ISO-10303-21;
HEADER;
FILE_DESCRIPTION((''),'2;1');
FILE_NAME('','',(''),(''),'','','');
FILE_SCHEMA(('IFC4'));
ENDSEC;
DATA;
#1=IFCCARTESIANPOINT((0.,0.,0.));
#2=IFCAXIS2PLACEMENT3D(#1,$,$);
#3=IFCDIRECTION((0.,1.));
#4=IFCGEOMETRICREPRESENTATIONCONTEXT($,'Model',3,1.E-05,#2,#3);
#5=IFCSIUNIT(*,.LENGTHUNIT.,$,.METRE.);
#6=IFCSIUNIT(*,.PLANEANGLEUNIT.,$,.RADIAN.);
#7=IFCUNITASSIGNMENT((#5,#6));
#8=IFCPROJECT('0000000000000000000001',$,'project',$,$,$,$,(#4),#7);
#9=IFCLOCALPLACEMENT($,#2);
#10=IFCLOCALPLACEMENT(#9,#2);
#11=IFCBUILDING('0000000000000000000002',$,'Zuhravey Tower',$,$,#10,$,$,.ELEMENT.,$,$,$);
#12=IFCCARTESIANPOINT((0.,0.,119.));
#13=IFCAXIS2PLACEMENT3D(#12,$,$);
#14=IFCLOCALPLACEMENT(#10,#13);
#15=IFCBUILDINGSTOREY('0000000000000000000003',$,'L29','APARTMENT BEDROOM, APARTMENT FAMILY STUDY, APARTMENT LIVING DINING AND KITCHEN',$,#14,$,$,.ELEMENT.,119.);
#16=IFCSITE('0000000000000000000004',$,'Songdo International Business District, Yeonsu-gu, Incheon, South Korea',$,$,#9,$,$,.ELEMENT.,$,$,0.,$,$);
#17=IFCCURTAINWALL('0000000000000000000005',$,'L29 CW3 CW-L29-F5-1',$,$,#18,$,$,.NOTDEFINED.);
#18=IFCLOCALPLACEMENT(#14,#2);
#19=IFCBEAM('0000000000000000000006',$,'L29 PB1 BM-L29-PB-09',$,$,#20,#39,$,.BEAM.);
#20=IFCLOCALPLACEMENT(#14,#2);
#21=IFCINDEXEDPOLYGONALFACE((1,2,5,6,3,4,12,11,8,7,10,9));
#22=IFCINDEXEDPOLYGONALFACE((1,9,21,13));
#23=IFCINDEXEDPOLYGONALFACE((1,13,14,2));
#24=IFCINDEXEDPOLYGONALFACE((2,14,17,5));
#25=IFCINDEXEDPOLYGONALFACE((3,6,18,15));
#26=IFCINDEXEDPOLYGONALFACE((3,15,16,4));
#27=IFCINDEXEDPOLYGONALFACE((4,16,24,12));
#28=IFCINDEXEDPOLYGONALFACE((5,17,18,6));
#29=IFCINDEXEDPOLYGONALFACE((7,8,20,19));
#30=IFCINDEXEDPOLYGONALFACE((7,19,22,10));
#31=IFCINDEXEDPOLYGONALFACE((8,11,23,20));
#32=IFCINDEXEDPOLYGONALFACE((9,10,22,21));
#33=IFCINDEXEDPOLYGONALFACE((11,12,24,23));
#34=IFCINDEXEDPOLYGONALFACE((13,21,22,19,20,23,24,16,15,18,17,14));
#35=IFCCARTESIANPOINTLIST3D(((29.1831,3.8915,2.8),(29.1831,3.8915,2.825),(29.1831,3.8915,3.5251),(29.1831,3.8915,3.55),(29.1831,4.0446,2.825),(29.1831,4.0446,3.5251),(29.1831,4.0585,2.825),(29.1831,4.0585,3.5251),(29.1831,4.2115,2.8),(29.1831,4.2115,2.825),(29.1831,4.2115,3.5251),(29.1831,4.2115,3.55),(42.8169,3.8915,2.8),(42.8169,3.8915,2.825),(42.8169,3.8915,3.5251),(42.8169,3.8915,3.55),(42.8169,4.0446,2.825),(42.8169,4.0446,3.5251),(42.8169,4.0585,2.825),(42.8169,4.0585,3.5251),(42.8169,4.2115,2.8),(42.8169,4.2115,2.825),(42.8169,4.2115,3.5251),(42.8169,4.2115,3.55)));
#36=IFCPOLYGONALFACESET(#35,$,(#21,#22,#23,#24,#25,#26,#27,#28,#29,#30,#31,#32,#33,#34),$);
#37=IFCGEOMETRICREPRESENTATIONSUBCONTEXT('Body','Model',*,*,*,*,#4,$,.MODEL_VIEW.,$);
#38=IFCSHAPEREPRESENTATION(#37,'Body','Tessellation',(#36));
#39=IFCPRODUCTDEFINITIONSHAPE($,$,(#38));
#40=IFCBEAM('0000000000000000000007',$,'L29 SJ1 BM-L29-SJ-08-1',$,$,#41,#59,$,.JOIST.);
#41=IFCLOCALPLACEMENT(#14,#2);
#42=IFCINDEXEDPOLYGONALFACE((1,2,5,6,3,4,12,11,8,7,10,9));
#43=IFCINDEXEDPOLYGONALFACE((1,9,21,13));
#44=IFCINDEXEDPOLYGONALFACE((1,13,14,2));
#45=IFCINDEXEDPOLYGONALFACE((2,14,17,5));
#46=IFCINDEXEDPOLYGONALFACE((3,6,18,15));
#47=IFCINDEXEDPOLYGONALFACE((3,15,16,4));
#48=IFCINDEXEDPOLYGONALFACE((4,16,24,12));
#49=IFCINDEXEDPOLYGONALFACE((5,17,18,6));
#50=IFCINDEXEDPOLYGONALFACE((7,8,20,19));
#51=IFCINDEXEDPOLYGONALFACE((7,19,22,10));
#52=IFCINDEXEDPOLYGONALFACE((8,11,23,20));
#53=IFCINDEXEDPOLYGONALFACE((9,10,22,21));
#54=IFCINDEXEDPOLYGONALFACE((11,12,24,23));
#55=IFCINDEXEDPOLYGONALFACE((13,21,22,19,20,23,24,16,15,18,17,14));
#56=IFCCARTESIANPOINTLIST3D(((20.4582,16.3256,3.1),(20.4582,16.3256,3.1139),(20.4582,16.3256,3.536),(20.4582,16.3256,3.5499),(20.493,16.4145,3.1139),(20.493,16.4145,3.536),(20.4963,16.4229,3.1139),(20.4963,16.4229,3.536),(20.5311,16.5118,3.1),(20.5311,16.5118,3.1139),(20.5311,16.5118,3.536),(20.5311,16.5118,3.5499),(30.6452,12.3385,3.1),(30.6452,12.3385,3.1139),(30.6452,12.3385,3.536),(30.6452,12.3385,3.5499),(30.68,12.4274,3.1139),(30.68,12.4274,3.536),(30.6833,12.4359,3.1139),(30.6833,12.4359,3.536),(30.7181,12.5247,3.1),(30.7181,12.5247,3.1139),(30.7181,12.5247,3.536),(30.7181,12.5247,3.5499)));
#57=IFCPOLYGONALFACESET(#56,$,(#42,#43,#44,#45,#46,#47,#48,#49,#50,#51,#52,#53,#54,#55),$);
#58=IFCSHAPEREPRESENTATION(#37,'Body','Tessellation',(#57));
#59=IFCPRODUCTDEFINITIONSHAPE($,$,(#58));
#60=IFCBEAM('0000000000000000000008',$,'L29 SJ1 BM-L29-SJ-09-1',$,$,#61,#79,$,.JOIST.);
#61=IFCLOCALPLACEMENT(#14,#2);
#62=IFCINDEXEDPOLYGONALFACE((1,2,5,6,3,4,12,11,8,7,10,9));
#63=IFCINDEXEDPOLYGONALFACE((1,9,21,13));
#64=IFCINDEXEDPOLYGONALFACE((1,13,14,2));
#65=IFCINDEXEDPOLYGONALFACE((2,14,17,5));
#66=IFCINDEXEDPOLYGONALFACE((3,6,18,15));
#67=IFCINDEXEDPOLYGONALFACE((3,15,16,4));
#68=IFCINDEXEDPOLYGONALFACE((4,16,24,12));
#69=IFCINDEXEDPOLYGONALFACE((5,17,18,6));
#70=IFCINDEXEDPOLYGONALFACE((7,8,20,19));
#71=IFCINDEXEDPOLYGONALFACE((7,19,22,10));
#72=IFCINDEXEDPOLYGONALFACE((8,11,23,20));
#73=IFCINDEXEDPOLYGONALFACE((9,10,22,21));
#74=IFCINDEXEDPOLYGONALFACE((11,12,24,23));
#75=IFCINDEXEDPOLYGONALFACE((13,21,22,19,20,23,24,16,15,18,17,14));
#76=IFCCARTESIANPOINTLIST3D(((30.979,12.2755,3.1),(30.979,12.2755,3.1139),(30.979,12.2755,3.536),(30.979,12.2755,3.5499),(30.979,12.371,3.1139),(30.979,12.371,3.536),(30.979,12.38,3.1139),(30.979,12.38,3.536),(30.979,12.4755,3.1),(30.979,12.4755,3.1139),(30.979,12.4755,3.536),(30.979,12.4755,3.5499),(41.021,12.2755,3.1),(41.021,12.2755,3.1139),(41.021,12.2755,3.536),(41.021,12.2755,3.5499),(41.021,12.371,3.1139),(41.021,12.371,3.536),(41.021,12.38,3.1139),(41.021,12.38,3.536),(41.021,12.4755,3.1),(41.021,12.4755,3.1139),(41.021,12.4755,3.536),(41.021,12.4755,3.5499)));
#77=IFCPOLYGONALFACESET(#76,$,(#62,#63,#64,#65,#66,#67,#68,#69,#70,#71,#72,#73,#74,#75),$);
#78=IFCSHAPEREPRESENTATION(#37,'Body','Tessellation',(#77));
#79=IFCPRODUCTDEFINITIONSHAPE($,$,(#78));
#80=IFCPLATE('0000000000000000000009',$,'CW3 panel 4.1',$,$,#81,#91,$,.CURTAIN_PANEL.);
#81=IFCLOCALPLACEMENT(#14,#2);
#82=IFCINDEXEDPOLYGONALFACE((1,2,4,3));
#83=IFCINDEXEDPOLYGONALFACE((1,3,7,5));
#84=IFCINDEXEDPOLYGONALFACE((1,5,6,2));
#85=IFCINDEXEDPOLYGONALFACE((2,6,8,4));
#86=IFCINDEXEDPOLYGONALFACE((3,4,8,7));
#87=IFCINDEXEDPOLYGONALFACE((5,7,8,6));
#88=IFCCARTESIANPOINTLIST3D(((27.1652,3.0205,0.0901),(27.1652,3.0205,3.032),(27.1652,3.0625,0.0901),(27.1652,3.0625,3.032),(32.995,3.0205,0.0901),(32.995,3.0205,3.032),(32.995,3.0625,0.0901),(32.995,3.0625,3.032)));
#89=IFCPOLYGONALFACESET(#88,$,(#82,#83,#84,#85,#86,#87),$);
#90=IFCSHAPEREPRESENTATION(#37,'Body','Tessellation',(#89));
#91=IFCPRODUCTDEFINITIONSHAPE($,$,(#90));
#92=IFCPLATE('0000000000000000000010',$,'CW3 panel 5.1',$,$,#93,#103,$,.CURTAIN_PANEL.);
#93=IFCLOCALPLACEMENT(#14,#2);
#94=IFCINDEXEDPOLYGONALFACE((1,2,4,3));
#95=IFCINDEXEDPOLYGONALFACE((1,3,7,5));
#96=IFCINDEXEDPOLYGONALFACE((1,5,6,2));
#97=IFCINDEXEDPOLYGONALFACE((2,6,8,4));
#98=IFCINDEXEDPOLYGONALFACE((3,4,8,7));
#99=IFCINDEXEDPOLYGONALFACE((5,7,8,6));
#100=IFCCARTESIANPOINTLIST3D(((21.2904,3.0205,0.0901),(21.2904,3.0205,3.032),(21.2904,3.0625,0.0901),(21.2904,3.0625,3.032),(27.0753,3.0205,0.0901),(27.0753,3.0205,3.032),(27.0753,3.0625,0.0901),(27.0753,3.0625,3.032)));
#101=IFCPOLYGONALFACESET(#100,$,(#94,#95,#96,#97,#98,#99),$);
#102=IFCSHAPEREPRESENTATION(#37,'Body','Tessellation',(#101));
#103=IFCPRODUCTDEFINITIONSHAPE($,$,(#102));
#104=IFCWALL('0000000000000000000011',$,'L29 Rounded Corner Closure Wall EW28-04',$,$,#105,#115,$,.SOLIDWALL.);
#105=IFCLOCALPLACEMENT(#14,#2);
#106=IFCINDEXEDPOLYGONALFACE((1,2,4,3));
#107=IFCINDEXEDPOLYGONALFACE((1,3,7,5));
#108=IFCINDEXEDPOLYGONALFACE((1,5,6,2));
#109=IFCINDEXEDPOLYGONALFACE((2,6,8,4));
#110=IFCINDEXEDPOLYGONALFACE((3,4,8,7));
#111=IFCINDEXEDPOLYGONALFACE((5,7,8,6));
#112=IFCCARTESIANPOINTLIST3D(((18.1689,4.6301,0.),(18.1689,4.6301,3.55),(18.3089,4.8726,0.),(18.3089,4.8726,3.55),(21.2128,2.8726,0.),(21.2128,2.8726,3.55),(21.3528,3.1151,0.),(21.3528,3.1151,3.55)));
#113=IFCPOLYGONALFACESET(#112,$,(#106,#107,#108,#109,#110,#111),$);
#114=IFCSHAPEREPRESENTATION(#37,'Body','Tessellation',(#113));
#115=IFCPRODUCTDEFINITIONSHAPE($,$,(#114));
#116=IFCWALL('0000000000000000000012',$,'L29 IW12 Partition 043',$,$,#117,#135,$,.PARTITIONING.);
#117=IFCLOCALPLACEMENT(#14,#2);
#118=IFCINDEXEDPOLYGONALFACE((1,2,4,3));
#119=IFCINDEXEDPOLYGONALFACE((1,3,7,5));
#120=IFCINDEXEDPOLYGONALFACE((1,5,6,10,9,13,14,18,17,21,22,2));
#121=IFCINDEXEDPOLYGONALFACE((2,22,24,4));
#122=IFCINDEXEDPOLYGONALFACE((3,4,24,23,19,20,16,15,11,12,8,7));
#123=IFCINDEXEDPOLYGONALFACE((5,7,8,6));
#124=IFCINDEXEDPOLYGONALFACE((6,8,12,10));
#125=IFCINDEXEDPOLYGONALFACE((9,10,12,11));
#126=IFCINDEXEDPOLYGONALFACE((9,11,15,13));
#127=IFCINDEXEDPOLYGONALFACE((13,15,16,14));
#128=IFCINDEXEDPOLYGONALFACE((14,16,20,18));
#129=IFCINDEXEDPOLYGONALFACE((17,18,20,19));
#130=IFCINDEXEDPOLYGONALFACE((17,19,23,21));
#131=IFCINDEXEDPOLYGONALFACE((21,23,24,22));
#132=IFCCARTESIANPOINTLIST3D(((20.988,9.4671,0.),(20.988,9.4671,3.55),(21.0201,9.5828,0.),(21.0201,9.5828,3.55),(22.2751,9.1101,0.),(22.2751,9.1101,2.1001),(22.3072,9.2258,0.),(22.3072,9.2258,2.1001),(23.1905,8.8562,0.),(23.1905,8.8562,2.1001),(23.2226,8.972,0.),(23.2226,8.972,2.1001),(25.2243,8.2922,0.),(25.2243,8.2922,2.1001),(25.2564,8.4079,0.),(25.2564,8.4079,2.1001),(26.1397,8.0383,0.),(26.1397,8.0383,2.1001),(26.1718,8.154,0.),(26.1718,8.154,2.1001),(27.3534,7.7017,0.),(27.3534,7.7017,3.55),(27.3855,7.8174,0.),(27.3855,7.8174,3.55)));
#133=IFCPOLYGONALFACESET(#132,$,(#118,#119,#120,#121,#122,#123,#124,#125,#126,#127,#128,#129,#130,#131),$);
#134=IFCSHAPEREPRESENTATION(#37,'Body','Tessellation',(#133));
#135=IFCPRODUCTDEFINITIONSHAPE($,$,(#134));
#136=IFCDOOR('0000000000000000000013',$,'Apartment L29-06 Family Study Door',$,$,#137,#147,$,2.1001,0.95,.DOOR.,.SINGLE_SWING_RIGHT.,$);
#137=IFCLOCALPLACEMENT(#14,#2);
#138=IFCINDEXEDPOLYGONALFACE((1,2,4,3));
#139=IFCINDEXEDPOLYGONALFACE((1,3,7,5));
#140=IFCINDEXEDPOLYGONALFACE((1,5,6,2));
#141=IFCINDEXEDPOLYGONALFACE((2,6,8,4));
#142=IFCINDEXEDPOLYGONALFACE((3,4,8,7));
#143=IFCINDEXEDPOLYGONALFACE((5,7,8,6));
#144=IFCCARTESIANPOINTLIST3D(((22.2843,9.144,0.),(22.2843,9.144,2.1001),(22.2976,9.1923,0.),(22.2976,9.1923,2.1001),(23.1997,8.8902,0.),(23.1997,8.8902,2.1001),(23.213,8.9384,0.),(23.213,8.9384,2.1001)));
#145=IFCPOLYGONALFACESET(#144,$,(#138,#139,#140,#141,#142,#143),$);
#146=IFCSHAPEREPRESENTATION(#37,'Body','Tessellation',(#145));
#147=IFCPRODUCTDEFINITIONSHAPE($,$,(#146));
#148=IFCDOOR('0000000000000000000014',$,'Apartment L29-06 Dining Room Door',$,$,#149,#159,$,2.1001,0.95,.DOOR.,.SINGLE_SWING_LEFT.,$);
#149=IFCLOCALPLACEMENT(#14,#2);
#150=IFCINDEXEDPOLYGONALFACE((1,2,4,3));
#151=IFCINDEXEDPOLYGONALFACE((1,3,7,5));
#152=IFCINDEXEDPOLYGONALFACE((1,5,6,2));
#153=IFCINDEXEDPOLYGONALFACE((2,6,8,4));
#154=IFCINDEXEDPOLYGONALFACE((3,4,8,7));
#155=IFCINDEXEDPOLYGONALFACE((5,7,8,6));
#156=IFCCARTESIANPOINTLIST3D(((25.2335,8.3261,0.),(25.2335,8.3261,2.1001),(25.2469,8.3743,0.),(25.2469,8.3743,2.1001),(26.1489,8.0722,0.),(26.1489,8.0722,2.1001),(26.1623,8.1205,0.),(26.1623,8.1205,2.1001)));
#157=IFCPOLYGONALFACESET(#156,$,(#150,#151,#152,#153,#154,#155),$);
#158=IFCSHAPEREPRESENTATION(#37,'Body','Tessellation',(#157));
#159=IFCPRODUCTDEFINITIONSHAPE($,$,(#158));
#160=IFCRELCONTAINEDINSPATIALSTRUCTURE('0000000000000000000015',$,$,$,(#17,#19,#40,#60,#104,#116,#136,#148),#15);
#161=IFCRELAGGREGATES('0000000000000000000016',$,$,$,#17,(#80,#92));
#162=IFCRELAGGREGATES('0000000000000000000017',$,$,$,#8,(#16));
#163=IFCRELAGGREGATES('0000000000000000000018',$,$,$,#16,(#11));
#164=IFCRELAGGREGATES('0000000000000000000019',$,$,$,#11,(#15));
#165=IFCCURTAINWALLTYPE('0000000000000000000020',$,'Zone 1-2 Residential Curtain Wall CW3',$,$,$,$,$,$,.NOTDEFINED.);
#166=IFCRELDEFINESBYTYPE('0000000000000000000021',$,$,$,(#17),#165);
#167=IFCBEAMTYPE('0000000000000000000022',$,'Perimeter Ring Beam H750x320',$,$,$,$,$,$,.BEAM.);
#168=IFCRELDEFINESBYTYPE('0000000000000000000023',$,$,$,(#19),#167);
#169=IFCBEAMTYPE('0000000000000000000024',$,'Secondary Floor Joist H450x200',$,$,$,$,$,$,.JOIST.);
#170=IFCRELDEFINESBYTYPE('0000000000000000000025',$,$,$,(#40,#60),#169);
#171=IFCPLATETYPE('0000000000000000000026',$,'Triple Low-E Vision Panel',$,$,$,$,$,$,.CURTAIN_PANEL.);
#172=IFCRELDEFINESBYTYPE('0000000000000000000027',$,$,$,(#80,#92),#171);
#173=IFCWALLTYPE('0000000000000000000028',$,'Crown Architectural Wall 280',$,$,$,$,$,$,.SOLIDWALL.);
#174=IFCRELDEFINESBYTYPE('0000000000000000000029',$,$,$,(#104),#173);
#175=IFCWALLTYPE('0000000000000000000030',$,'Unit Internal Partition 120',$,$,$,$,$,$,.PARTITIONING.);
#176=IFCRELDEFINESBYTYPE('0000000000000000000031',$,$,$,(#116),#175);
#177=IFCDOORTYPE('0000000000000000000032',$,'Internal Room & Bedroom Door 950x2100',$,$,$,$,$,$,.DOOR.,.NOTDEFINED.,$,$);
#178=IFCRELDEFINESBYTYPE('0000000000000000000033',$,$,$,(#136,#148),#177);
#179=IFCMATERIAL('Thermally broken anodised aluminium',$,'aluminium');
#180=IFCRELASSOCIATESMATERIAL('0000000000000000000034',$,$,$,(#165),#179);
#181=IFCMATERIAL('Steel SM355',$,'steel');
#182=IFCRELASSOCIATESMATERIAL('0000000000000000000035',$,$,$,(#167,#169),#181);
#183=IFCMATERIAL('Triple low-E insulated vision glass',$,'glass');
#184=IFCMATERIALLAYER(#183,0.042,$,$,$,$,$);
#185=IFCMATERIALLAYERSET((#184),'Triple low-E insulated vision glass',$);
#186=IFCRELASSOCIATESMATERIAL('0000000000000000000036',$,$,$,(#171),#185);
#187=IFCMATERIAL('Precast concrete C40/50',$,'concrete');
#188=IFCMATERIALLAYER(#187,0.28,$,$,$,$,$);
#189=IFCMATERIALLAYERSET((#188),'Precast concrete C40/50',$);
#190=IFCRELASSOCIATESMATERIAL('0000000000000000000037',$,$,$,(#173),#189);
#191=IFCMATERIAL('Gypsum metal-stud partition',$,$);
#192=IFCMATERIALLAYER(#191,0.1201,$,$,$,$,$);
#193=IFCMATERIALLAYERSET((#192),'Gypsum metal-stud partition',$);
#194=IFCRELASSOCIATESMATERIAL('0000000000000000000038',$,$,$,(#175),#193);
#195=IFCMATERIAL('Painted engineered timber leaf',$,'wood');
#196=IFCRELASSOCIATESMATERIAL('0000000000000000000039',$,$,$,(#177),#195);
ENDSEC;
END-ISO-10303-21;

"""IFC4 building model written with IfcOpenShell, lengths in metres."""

from ifc_helpers import new_model, si_unit, direction, frame, frame_2d, origin, origin_2d, place, context, subcontext, project, spatial, rectangle, i_section, extrude, material, layer, layer_set, material_profile, profile_set, type_object, element, fill, aggregate, save


model = new_model("IFC4")

# Units and contexts
model_context = context("Model", 3, precision=1e-05, world=origin(), true_north=direction((0.0, 1.0)))
body_context = subcontext(model_context, "Body", "Model", "MODEL_VIEW")
ifc_project = project(units=[si_unit("LENGTHUNIT", "METRE"), si_unit("PLANEANGLEUNIT", "RADIAN")], contexts=[model_context])

# Site, building, storey
site_placement = place(None, origin())
site = spatial("IfcSite", under=ifc_project, at=site_placement, Name="Songdo International Business District, Yeonsu-gu, Incheon, South Korea", CompositionType="ELEMENT", RefElevation=0.0)
building_placement = place(site_placement, origin())
building = spatial("IfcBuilding", under=site, at=building_placement, Name="Zuhravey Tower", CompositionType="ELEMENT")
storey_placement = place(building_placement, frame((0.0, 0.0, 119.0)))
storey = spatial("IfcBuildingStorey", under=building, at=storey_placement, Name="L29", Description="APARTMENT BEDROOM, APARTMENT FAMILY STUDY, APARTMENT LIVING DINING AND KITCHEN", CompositionType="ELEMENT", Elevation=119.0)

# Curtain wall
ifc_material_1 = material(Name="Thermally broken anodised aluminium", Category="aluminium")
curtain_wall_type = type_object("IfcCurtainWallType", Name="Zone 1-2 Residential Curtain Wall CW3", PredefinedType="NOTDEFINED", material=ifc_material_1)
curtain_wall_1_placement = place(storey_placement, origin())
curtain_wall_1 = element("IfcCurtainWall", 1, at=curtain_wall_1_placement, inside=storey, type_object=curtain_wall_type, Name="L29 CW3 CW-L29-F5-1", PredefinedType="NOTDEFINED")

# Beams
ifc_material_2 = material(Name="Steel SM355", Category="steel")
ifc_material_profile_1 = material_profile(ifc_material_2, i_section(OverallWidth=0.3201, OverallDepth=0.75, WebThickness=0.0139, FlangeThickness=0.0249, at=origin_2d()), Name="H-750x320x14x25")
ifc_profile_set_1 = profile_set([ifc_material_profile_1], Name="Steel SM355")
beam_type_1 = type_object("IfcBeamType", Name="Perimeter Ring Beam H750x320", PredefinedType="BEAM", material=ifc_profile_set_1)
beam_1_placement = place(storey_placement, frame((29.1831, 4.0515, 3.175), z_axis=(1.0, 0.0, 0.0), x_axis=(0.0, 1.0, 0.0)))
element("IfcBeam", 2, at=beam_1_placement, inside=storey, type_object=beam_type_1, Name="L29 PB1 BM-L29-PB-09", PredefinedType="BEAM", context=body_context, shape_type="SweptSolid", body=[
    extrude(i_section(OverallWidth=0.3201, OverallDepth=0.75, WebThickness=0.0139, FlangeThickness=0.0249, at=origin_2d()), origin(), (0.0, 0.0, 1.0), 13.6338),
])
ifc_material_profile_2 = material_profile(ifc_material_2, i_section(OverallWidth=0.2, OverallDepth=0.45, WebThickness=0.009, FlangeThickness=0.0139, at=origin_2d()), Name="H-450x200x9x14")
ifc_profile_set_2 = profile_set([ifc_material_profile_2], Name="Steel SM355")
beam_type_2 = type_object("IfcBeamType", Name="Secondary Floor Joist H450x200", PredefinedType="JOIST", material=ifc_profile_set_2)
beam_2_placement = place(storey_placement, frame((20.4946, 16.4187, 3.325), z_axis=(0.931217, -0.364466, 0.0), x_axis=(0.364466, 0.931217, 0.0)))
element("IfcBeam", 3, at=beam_2_placement, inside=storey, type_object=beam_type_2, Name="L29 SJ1 BM-L29-SJ-08-1", PredefinedType="JOIST", context=body_context, shape_type="SweptSolid", body=[
    extrude(i_section(OverallWidth=0.2, OverallDepth=0.45, WebThickness=0.009, FlangeThickness=0.0139, at=origin_2d()), origin(), (0.0, 0.0, 1.0), 10.9395),
])
beam_3_placement = place(storey_placement, frame((30.979, 12.3755, 3.325), z_axis=(1.0, 0.0, 0.0), x_axis=(0.0, 1.0, 0.0)))
element("IfcBeam", 4, at=beam_3_placement, inside=storey, type_object=beam_type_2, Name="L29 SJ1 BM-L29-SJ-09-1", PredefinedType="JOIST", context=body_context, shape_type="SweptSolid", body=[
    extrude(i_section(OverallWidth=0.2, OverallDepth=0.45, WebThickness=0.009, FlangeThickness=0.0139, at=origin_2d()), origin(), (0.0, 0.0, 1.0), 10.042),
])

# Plates
ifc_material_3 = material(Name="Triple low-E insulated vision glass", Category="glass")
ifc_layer_1 = layer(ifc_material_3, 0.042)
ifc_layer_set_1 = layer_set([ifc_layer_1], Name="Triple low-E insulated vision glass")
plate_type = type_object("IfcPlateType", Name="Triple Low-E Vision Panel", PredefinedType="CURTAIN_PANEL", material=ifc_layer_set_1)
plate_1_placement = place(storey_placement, frame((30.0801, 3.0415, 0.0901), z_axis=(0.0, 0.0, 1.0), x_axis=(-1.0, 0.0, 0.0)))
plate_1 = element("IfcPlate", 5, at=plate_1_placement, type_object=plate_type, Name="CW3 panel 4.1", PredefinedType="CURTAIN_PANEL", context=body_context, shape_type="SweptSolid", body=[
    extrude(rectangle(XDim=5.8298, YDim=0.042, at=origin_2d()), origin(), (0.0, 0.0, 1.0), 2.9419),
])
plate_2_placement = place(storey_placement, frame((24.1829, 3.0415, 0.0901), z_axis=(0.0, 0.0, 1.0), x_axis=(-1.0, 0.0, 0.0)))
plate_2 = element("IfcPlate", 6, at=plate_2_placement, type_object=plate_type, Name="CW3 panel 5.1", PredefinedType="CURTAIN_PANEL", context=body_context, shape_type="SweptSolid", body=[
    extrude(rectangle(XDim=5.7849, YDim=0.042, at=origin_2d()), origin(), (0.0, 0.0, 1.0), 2.9419),
])
aggregate(curtain_wall_1, [plate_1, plate_2])

# Wall
ifc_material_4 = material(Name="Precast concrete C40/50", Category="concrete")
ifc_layer_2 = layer(ifc_material_4, 0.28)
ifc_layer_set_2 = layer_set([ifc_layer_2], Name="Precast concrete C40/50")
wall_type_1 = type_object("IfcWallType", Name="Crown Architectural Wall 280", PredefinedType="SOLIDWALL", material=ifc_layer_set_2)
wall_1_placement = place(storey_placement, frame((21.2827, 2.9939, 0.0), z_axis=(0.0, 0.0, 1.0), x_axis=(-0.866007, 0.500031, 0.0)))
element("IfcWall", 7, at=wall_1_placement, inside=storey, type_object=wall_type_1, Name="L29 Rounded Corner Closure Wall EW28-04", PredefinedType="SOLIDWALL", context=body_context, shape_type="SweptSolid", body=[
    extrude(rectangle(XDim=3.5149, YDim=0.28, at=frame_2d((1.7573, 0.0))), origin(), (0.0, 0.0, 1.0), 3.55),
])

# Wall, openings, doors
ifc_material_5 = material(Name="Gypsum metal-stud partition")
ifc_layer_3 = layer(ifc_material_5, 0.1201)
ifc_layer_set_3 = layer_set([ifc_layer_3], Name="Gypsum metal-stud partition")
wall_type_2 = type_object("IfcWallType", Name="Unit Internal Partition 120", PredefinedType="PARTITIONING", material=ifc_layer_set_3)
wall_2_placement = place(storey_placement, frame((21.0042, 9.5249, 0.0), z_axis=(0.0, 0.0, 1.0), x_axis=(0.963627, -0.267249, 0.0)))
wall_2 = element("IfcWall", 8, at=wall_2_placement, inside=storey, type_object=wall_type_2, Name="L29 IW12 Partition 043", PredefinedType="PARTITIONING", context=body_context, shape_type="SweptSolid", body=[
    extrude(rectangle(XDim=6.6057, YDim=0.1201, at=frame_2d((3.3027, 0.0))), origin(), (0.0, 0.0, 1.0), 3.55),
])
opening_1_placement = place(wall_2_placement, frame((1.3354, 0.0, 0.0)))
opening_1 = element("IfcOpeningElement", 9, at=opening_1_placement, cuts=wall_2, PredefinedType="OPENING", context=body_context, shape_type="SweptSolid", body=[
    extrude(rectangle(XDim=0.95, YDim=2.1001, at=frame_2d((0.4751, 1.05))), frame((0.0, 0.072, 0.0), z_axis=(0.0, -1.0, 0.0), x_axis=(1.0, 0.0, 0.0)), (0.0, 0.0, 1.0), 0.144),
])
opening_2_placement = place(wall_2_placement, frame((4.396, 0.0, 0.0)))
opening_2 = element("IfcOpeningElement", 10, at=opening_2_placement, cuts=wall_2, PredefinedType="OPENING", context=body_context, shape_type="SweptSolid", body=[
    extrude(rectangle(XDim=0.95, YDim=2.1001, at=frame_2d((0.4751, 1.05))), frame((0.0, 0.072, 0.0), z_axis=(0.0, -1.0, 0.0), x_axis=(1.0, 0.0, 0.0)), (0.0, 0.0, 1.0), 0.144),
])
ifc_material_6 = material(Name="Painted engineered timber leaf", Category="wood")
door_type = type_object("IfcDoorType", Name="Internal Room & Bedroom Door 950x2100", OperationType="NOTDEFINED", PredefinedType="DOOR", material=ifc_material_6)
door_1_placement = place(opening_1_placement, frame((0.95, 0.0, 0.0), z_axis=(0.0, 0.0, 1.0), x_axis=(-1.0, 0.0, 0.0)))
door_1 = element("IfcDoor", 11, at=door_1_placement, inside=storey, type_object=door_type, Name="Apartment L29-06 Family Study Door", OperationType="SINGLE_SWING_RIGHT", OverallHeight=2.1001, OverallWidth=0.95, PredefinedType="DOOR", context=body_context, shape_type="SweptSolid", body=[
    extrude(rectangle(XDim=0.95, YDim=2.1001, at=frame_2d((0.4751, 1.05))), frame((0.0, 0.0249, 0.0), z_axis=(0.0, -1.0, 0.0), x_axis=(1.0, 0.0, 0.0)), (0.0, 0.0, 1.0), 0.05),
])
fill(opening_1, door_1)
door_2_placement = place(opening_2_placement, frame((0.95, 0.0, 0.0), z_axis=(0.0, 0.0, 1.0), x_axis=(-1.0, 0.0, 0.0)))
door_2 = element("IfcDoor", 12, at=door_2_placement, inside=storey, type_object=door_type, Name="Apartment L29-06 Dining Room Door", OperationType="SINGLE_SWING_LEFT", OverallHeight=2.1001, OverallWidth=0.95, PredefinedType="DOOR", context=body_context, shape_type="SweptSolid", body=[
    extrude(rectangle(XDim=0.95, YDim=2.1001, at=frame_2d((0.4751, 1.05))), frame((0.0, 0.0249, 0.0), z_axis=(0.0, -1.0, 0.0), x_axis=(1.0, 0.0, 0.0)), (0.0, 0.0, 1.0), 0.05),
])
fill(opening_2, door_2)

save(model, "model.ifc")
